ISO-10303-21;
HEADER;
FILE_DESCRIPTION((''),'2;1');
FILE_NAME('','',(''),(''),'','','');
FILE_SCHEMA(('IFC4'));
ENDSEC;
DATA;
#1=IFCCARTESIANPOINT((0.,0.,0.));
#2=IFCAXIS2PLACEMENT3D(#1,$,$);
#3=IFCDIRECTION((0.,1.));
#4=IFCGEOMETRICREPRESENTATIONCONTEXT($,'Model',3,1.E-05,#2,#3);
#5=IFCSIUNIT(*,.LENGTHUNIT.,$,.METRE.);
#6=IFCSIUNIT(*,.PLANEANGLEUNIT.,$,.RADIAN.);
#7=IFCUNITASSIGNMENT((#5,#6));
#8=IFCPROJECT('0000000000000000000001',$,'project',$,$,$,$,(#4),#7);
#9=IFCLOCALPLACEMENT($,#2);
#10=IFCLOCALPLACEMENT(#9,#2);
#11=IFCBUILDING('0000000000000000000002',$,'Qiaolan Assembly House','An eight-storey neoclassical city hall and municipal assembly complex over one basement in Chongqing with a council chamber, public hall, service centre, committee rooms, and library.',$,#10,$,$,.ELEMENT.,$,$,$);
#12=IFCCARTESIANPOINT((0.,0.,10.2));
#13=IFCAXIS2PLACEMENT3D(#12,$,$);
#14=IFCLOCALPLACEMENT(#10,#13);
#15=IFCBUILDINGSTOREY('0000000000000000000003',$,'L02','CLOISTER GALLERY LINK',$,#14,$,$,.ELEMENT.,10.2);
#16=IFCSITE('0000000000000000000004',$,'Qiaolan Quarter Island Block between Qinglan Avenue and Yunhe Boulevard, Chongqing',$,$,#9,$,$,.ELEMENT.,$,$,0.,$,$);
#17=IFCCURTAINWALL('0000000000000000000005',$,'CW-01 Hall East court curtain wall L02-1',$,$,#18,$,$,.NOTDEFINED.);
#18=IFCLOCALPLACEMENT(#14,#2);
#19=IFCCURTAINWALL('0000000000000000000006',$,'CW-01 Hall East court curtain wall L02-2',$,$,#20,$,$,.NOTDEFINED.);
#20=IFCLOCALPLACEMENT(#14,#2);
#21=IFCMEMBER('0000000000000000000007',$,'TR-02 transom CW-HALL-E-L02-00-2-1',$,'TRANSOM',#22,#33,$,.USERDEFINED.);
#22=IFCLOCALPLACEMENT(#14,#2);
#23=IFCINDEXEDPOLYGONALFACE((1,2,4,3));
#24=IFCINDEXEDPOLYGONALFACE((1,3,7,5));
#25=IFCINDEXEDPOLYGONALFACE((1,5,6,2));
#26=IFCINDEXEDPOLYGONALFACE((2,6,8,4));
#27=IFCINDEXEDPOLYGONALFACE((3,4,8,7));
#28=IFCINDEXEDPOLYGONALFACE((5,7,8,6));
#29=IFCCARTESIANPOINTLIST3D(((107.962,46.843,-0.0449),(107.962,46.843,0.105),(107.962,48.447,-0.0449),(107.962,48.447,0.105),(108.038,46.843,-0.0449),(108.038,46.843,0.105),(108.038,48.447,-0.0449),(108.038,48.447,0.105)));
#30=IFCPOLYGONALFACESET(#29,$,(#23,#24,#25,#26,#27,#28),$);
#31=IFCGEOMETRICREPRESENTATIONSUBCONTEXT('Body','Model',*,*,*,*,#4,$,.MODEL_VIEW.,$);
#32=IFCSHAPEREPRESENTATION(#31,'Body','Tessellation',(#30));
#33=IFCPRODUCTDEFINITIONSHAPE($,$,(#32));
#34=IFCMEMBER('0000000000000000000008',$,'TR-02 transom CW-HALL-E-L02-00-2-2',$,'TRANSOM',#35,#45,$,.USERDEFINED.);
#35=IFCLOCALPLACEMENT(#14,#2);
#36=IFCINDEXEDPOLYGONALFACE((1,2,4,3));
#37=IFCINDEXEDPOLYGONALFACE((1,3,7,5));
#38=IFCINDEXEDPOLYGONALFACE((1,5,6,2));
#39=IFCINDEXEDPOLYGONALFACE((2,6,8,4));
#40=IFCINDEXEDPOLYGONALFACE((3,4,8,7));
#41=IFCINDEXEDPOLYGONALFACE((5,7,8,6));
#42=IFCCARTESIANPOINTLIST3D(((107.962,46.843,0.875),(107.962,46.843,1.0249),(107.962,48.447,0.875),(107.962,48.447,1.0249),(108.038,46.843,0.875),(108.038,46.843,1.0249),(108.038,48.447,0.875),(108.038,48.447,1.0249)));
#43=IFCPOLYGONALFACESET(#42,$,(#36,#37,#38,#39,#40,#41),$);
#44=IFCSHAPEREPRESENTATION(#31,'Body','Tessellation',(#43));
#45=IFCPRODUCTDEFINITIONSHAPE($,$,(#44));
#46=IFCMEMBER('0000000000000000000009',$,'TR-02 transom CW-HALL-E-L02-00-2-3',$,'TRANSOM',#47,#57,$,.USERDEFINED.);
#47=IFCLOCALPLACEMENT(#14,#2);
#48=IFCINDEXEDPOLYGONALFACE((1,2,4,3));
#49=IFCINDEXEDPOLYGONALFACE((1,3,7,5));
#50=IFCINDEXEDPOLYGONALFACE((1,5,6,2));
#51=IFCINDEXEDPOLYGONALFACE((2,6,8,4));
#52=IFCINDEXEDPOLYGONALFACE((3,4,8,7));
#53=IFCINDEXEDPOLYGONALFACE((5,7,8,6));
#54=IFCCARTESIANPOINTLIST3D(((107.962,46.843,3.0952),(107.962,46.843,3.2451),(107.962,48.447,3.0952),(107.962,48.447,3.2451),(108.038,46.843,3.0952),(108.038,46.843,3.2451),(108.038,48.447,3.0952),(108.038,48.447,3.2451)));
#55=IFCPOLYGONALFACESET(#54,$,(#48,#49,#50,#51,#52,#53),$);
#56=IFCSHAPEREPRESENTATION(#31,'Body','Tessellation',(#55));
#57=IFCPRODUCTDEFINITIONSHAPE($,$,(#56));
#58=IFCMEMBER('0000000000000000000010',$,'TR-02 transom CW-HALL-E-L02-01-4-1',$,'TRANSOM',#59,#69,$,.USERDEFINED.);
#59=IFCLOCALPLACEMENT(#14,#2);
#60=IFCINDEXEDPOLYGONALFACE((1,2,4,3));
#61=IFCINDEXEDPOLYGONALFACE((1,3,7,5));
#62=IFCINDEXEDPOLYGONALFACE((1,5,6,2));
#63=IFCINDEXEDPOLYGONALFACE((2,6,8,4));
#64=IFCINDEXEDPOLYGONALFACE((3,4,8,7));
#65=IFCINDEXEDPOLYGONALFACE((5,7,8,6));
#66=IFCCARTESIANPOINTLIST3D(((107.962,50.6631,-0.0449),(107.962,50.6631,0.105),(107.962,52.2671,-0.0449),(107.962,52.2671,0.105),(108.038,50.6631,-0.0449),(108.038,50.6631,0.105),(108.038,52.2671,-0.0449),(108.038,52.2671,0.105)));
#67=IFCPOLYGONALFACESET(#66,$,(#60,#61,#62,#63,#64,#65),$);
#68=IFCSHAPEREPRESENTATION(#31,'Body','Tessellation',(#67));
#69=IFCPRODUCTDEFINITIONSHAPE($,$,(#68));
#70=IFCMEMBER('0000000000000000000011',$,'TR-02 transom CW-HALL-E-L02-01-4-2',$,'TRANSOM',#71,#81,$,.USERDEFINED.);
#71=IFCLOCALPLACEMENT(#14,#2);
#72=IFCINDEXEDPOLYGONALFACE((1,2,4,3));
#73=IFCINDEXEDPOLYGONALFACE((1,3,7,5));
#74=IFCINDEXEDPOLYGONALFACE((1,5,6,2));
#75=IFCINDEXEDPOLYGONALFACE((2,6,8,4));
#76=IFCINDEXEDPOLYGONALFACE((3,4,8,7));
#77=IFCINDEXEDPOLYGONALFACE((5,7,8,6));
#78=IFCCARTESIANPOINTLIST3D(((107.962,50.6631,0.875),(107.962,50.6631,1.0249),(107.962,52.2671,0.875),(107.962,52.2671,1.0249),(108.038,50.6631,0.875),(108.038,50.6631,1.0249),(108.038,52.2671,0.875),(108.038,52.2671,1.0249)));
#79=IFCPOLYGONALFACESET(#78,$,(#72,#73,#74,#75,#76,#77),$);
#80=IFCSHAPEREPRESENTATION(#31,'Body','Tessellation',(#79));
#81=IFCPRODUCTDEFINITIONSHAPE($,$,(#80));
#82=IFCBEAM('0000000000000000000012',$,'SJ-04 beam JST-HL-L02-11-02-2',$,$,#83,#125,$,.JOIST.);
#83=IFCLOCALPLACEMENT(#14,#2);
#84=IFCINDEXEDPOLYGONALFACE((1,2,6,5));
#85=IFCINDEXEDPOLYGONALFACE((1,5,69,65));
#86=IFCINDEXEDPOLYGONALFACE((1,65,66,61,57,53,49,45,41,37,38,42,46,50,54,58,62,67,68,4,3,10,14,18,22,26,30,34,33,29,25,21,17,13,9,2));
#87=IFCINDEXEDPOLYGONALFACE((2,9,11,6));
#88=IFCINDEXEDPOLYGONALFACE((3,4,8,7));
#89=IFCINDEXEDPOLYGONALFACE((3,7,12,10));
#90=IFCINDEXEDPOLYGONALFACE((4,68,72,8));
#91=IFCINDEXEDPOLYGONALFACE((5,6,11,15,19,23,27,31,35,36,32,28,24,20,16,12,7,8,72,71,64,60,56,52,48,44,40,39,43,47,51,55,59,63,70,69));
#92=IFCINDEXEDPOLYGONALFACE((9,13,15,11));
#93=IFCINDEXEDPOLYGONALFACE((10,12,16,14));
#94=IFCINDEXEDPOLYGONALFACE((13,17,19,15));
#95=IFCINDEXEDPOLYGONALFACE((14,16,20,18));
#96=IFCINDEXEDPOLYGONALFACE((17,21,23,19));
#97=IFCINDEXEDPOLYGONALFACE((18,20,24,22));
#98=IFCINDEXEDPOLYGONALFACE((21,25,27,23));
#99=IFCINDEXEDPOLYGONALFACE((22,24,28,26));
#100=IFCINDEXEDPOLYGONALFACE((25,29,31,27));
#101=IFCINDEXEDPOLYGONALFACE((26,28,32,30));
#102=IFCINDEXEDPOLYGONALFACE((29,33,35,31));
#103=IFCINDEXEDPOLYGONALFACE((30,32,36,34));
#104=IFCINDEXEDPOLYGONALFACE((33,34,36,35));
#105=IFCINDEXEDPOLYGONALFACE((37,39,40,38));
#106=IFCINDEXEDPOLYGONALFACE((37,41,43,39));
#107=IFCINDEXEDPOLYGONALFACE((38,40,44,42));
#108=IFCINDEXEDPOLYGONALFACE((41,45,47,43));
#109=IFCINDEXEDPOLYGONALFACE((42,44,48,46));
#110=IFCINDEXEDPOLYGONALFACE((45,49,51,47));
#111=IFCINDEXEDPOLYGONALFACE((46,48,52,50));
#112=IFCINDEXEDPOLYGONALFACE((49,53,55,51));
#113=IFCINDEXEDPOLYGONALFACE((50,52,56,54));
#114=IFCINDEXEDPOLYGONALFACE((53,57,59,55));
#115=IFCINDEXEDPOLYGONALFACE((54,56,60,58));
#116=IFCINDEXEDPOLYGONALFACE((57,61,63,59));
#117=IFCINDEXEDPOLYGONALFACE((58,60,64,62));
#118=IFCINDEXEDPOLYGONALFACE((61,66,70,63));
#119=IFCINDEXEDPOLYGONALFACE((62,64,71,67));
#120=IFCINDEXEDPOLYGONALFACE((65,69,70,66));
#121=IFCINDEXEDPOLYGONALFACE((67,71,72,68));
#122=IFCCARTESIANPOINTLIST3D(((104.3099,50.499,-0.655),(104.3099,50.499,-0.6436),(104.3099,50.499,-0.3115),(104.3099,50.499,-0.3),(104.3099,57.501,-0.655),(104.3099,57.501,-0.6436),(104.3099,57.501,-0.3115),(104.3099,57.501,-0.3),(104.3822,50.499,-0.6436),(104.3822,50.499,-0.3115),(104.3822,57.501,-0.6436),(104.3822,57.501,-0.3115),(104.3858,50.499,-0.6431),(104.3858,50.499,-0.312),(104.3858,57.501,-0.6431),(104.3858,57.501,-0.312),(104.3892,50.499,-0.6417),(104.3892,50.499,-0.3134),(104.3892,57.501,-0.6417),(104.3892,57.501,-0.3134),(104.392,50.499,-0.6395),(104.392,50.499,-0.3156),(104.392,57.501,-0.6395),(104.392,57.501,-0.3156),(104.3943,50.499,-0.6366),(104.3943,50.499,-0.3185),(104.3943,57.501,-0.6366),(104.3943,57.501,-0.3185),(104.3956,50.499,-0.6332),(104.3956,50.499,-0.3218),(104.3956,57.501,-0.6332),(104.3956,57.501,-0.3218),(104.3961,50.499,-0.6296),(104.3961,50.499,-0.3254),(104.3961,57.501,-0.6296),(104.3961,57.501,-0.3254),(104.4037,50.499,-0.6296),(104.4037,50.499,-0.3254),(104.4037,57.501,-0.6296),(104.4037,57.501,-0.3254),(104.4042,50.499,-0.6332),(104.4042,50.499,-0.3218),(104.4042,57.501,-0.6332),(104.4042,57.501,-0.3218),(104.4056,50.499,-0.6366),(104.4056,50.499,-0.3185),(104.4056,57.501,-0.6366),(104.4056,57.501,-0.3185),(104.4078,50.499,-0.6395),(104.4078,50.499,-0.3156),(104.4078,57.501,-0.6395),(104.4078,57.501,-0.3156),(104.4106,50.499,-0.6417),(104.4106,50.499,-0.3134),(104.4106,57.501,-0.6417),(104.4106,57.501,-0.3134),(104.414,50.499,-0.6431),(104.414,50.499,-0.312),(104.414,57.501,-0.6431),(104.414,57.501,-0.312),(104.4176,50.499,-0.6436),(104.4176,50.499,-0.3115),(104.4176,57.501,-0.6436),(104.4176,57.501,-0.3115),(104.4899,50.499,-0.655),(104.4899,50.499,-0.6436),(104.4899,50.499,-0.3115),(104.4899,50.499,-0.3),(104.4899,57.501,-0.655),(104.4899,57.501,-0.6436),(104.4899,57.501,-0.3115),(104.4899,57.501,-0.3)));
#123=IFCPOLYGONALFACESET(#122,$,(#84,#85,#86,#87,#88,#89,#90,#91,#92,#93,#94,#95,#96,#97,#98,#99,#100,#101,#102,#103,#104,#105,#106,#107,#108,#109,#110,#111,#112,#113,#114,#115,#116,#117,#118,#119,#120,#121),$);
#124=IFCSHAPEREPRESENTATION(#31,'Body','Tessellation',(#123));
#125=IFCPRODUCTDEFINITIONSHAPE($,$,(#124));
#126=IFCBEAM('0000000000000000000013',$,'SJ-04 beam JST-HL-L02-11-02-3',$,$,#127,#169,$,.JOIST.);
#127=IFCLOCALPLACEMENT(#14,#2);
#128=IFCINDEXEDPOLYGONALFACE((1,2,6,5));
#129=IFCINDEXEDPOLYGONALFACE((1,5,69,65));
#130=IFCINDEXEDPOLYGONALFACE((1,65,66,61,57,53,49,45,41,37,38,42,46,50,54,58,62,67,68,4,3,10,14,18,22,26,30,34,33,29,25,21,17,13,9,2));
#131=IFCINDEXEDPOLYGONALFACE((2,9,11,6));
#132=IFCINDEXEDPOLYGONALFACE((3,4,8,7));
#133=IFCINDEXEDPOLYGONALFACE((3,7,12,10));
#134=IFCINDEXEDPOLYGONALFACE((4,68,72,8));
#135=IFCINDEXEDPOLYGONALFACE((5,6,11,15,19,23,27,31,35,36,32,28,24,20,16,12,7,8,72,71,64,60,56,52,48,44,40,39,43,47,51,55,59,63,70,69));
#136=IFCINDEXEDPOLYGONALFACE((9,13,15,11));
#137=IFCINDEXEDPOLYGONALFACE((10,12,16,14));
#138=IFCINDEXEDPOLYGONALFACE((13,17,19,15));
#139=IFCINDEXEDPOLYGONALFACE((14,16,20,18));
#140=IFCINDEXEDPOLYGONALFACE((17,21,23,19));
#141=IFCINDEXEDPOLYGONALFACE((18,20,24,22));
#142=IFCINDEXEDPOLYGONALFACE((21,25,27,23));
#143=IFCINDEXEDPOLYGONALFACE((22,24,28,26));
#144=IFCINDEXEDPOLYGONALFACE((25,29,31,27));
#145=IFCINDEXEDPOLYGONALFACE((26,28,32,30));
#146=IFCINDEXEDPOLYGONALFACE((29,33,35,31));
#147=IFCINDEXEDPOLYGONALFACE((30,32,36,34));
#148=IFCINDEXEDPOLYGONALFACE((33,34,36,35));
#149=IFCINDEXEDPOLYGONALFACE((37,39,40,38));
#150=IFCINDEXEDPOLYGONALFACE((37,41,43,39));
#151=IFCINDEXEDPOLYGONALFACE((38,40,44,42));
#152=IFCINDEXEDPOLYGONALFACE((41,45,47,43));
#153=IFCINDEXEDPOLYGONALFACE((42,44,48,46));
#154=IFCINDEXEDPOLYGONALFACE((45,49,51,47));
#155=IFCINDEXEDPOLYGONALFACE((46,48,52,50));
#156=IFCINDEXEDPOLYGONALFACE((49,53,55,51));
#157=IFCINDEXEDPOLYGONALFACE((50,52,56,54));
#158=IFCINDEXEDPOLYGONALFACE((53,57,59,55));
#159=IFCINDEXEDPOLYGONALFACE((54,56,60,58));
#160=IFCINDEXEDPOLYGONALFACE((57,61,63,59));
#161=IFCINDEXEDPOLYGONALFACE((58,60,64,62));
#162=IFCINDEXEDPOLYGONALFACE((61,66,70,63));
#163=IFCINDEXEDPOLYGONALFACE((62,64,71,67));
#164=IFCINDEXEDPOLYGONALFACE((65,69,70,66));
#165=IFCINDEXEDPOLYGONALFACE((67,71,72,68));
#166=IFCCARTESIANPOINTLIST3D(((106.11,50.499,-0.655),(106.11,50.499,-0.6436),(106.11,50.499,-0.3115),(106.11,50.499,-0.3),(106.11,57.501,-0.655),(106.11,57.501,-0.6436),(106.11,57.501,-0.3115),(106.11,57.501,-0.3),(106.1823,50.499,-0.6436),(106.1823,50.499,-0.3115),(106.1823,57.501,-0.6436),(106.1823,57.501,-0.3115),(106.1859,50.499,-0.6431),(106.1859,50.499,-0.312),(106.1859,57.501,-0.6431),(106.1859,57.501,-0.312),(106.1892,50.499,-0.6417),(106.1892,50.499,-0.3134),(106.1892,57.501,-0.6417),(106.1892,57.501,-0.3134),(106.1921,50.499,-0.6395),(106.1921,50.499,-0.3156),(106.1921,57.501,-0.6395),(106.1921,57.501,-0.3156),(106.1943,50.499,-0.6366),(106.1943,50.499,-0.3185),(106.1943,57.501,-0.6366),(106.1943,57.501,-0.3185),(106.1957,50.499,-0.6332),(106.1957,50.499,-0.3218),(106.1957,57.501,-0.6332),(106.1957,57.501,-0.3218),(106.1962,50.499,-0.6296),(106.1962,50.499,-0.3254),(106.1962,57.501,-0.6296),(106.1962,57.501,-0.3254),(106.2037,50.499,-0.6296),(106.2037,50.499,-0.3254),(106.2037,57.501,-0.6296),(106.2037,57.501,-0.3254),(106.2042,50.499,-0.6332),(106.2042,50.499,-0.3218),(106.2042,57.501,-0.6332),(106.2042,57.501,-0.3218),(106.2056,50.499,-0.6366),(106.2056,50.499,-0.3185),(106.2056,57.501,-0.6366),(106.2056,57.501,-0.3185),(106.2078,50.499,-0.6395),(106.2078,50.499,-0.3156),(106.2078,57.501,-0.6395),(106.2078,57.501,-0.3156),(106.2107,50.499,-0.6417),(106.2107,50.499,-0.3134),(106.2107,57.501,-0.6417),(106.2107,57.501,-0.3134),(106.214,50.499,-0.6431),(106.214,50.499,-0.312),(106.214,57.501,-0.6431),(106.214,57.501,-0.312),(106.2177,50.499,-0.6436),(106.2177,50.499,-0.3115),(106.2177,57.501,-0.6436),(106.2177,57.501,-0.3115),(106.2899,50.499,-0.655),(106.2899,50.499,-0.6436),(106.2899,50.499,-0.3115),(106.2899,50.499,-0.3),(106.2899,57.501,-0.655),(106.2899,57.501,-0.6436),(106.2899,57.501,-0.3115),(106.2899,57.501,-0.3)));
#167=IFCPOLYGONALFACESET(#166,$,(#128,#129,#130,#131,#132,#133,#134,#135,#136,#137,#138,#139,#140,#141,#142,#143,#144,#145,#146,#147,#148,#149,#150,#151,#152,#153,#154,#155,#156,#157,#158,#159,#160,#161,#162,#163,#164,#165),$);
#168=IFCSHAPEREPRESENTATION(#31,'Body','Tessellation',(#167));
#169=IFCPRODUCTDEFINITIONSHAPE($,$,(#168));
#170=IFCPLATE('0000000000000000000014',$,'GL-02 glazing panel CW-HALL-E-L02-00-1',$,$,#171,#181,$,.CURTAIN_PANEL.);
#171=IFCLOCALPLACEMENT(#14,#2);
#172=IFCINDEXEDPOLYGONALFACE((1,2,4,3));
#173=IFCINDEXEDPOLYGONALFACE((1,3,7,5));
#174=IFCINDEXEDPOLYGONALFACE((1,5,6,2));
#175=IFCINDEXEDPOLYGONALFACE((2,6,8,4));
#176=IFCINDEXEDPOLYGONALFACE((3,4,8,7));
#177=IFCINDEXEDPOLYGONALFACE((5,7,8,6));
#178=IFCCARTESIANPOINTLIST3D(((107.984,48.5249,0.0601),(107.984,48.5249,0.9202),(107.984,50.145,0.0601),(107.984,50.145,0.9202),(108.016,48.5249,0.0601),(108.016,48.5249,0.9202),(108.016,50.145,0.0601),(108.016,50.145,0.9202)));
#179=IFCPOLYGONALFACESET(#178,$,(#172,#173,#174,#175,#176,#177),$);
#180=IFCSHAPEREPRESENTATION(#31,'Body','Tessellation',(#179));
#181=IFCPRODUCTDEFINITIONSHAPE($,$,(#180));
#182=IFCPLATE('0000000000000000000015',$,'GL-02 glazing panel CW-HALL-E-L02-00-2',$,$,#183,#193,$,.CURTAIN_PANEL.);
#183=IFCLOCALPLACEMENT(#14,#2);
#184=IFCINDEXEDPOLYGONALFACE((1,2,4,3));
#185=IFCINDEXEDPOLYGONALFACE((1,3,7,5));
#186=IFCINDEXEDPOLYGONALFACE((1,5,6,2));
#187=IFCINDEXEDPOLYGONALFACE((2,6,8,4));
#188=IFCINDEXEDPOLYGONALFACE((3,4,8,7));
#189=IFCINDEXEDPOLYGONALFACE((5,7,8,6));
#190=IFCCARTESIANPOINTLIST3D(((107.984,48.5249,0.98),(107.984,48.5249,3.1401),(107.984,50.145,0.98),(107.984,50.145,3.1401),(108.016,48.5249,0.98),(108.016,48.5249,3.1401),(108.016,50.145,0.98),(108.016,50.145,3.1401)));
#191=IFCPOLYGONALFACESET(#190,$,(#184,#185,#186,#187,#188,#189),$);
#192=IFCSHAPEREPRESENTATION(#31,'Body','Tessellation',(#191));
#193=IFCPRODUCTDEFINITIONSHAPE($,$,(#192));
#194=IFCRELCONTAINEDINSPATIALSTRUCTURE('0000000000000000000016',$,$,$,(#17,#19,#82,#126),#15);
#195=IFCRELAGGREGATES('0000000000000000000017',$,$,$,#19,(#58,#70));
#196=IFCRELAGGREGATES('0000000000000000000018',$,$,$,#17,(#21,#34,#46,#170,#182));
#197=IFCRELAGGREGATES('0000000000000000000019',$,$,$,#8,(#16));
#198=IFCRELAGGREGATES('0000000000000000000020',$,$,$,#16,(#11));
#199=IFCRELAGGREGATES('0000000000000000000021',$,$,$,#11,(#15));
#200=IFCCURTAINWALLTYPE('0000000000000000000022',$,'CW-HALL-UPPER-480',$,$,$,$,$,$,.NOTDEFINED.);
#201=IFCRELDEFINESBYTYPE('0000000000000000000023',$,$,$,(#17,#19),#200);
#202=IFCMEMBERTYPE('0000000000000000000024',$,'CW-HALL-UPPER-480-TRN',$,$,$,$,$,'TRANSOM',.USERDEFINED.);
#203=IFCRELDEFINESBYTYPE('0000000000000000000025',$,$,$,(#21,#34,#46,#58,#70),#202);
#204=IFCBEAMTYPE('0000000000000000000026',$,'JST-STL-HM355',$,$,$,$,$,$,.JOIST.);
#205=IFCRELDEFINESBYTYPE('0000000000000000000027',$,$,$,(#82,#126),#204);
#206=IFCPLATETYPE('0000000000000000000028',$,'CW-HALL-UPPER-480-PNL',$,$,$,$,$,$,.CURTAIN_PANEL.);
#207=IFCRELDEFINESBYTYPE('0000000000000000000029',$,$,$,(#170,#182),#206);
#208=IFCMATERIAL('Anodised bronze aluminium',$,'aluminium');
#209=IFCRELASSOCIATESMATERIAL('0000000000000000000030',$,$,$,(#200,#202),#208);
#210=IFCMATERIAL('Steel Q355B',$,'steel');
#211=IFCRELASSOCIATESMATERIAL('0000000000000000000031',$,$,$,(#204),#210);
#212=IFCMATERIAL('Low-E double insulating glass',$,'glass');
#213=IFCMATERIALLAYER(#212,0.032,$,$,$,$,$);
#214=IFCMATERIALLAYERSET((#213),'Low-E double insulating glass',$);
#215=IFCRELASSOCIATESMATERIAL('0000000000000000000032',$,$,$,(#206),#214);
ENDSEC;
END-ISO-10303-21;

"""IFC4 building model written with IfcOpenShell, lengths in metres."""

from ifc_helpers import new_model, si_unit, direction, frame, frame_2d, origin, origin_2d, place, context, subcontext, project, spatial, rectangle, i_section, extrude, material, layer, layer_set, material_profile, profile_set, type_object, element, aggregate, save


model = new_model("IFC4")

# Units and contexts
model_context = context("Model", 3, precision=1e-05, world=origin(), true_north=direction((0.0, 1.0)))
body_context = subcontext(model_context, "Body", "Model", "MODEL_VIEW")
ifc_project = project(units=[si_unit("LENGTHUNIT", "METRE"), si_unit("PLANEANGLEUNIT", "RADIAN")], contexts=[model_context])

# Site, building, storey
site_placement = place(None, origin())
site = spatial("IfcSite", under=ifc_project, at=site_placement, Name="Qiaolan Quarter Island Block between Qinglan Avenue and Yunhe Boulevard, Chongqing", CompositionType="ELEMENT", RefElevation=0.0)
building_placement = place(site_placement, origin())
building = spatial("IfcBuilding", under=site, at=building_placement, Name="Qiaolan Assembly House", Description="An eight-storey neoclassical city hall and municipal assembly complex over one basement in Chongqing with a council chamber, public hall, service centre, committee rooms, and library.", CompositionType="ELEMENT")
storey_placement = place(building_placement, frame((0.0, 0.0, 10.2)))
storey = spatial("IfcBuildingStorey", under=building, at=storey_placement, Name="L02", Description="CLOISTER GALLERY LINK", CompositionType="ELEMENT", Elevation=10.2)

# Shared definitions
ifc_material_1 = material(Name="Steel Q355B", Category="steel")

# Curtain wall
ifc_material_2 = material(Name="Anodised bronze aluminium", Category="aluminium")
curtain_wall_type = type_object("IfcCurtainWallType", Name="CW-HALL-UPPER-480", PredefinedType="NOTDEFINED", material=ifc_material_2)
curtain_wall_1_placement = place(storey_placement, origin())
curtain_wall_1 = element("IfcCurtainWall", 1, at=curtain_wall_1_placement, inside=storey, type_object=curtain_wall_type, Name="CW-01 Hall East court curtain wall L02-1", PredefinedType="NOTDEFINED")

# Curtain wall
curtain_wall_2_placement = place(storey_placement, origin())
curtain_wall_2 = element("IfcCurtainWall", 2, at=curtain_wall_2_placement, inside=storey, type_object=curtain_wall_type, Name="CW-01 Hall East court curtain wall L02-2", PredefinedType="NOTDEFINED")

# Members
ifc_material_profile_1 = material_profile(ifc_material_2, rectangle(XDim=0.0759, YDim=0.1499, at=origin_2d()), Name="TRN 76x150")
ifc_profile_set_1 = profile_set([ifc_material_profile_1], Name="Anodised bronze aluminium")
member_type_1 = type_object("IfcMemberType", Name="CW-HALL-UPPER-480-TRN", ElementType="TRANSOM", PredefinedType="USERDEFINED", material=ifc_profile_set_1)
member_1_placement = place(storey_placement, frame((108.0, 48.447, 0.03), z_axis=(0.0, -1.0, 0.0), x_axis=(1.0, 0.0, 0.0)))
member_1 = element("IfcMember", 3, at=member_1_placement, type_object=member_type_1, Name="TR-02 transom CW-HALL-E-L02-00-2-1", ObjectType="TRANSOM", PredefinedType="USERDEFINED", context=body_context, shape_type="SweptSolid", body=[
    extrude(rectangle(XDim=0.0759, YDim=0.1499, at=origin_2d()), origin(), (0.0, 0.0, 1.0), 1.604),
])
member_2_placement = place(storey_placement, frame((108.0, 48.447, 0.95), z_axis=(0.0, -1.0, 0.0), x_axis=(1.0, 0.0, 0.0)))
member_2 = element("IfcMember", 4, at=member_2_placement, type_object=member_type_1, Name="TR-02 transom CW-HALL-E-L02-00-2-2", ObjectType="TRANSOM", PredefinedType="USERDEFINED", context=body_context, shape_type="SweptSolid", body=[
    extrude(rectangle(XDim=0.0759, YDim=0.1499, at=origin_2d()), origin(), (0.0, 0.0, 1.0), 1.604),
])
member_3_placement = place(storey_placement, frame((108.0, 48.447, 3.1702), z_axis=(0.0, -1.0, 0.0), x_axis=(1.0, 0.0, 0.0)))
member_3 = element("IfcMember", 5, at=member_3_placement, type_object=member_type_1, Name="TR-02 transom CW-HALL-E-L02-00-2-3", ObjectType="TRANSOM", PredefinedType="USERDEFINED", context=body_context, shape_type="SweptSolid", body=[
    extrude(rectangle(XDim=0.0759, YDim=0.1499, at=origin_2d()), origin(), (0.0, 0.0, 1.0), 1.604),
])
member_4_placement = place(storey_placement, frame((108.0, 52.2671, 0.03), z_axis=(0.0, -1.0, 0.0), x_axis=(1.0, 0.0, 0.0)))
member_4 = element("IfcMember", 6, at=member_4_placement, type_object=member_type_1, Name="TR-02 transom CW-HALL-E-L02-01-4-1", ObjectType="TRANSOM", PredefinedType="USERDEFINED", context=body_context, shape_type="SweptSolid", body=[
    extrude(rectangle(XDim=0.0759, YDim=0.1499, at=origin_2d()), origin(), (0.0, 0.0, 1.0), 1.604),
])
member_5_placement = place(storey_placement, frame((108.0, 52.2671, 0.95), z_axis=(0.0, -1.0, 0.0), x_axis=(1.0, 0.0, 0.0)))
member_5 = element("IfcMember", 7, at=member_5_placement, type_object=member_type_1, Name="TR-02 transom CW-HALL-E-L02-01-4-2", ObjectType="TRANSOM", PredefinedType="USERDEFINED", context=body_context, shape_type="SweptSolid", body=[
    extrude(rectangle(XDim=0.0759, YDim=0.1499, at=origin_2d()), origin(), (0.0, 0.0, 1.0), 1.604),
])
aggregate(curtain_wall_2, [member_4, member_5])

# Beams
ifc_material_profile_2 = material_profile(ifc_material_1, i_section(OverallWidth=0.1799, OverallDepth=0.355, WebThickness=0.0076, FlangeThickness=0.0115, FilletRadius=0.0139, at=origin_2d()), Name="HM 355x180x7.5x11.5")
ifc_profile_set_2 = profile_set([ifc_material_profile_2], Name="Steel Q355B")
beam_type_1 = type_object("IfcBeamType", Name="JST-STL-HM355", PredefinedType="JOIST", material=ifc_profile_set_2)
for number, where, z_axis, x_axis, name in (
    (8, (104.3999, 50.499, -0.4775), (0.0, 1.0, 0.0), (-1.0, 0.0, 0.0), "SJ-04 beam JST-HL-L02-11-02-2"),
    (9, (106.2, 50.499, -0.4775), (0.0, 1.0, 0.0), (-1.0, 0.0, 0.0), "SJ-04 beam JST-HL-L02-11-02-3"),
):
    element("IfcBeam", number, at=place(storey_placement, frame(where, z_axis=z_axis, x_axis=x_axis)), inside=storey, type_object=beam_type_1, Name=name, PredefinedType="JOIST", context=body_context, shape_type="SweptSolid", body=[
        extrude(i_section(OverallWidth=0.1799, OverallDepth=0.355, WebThickness=0.0076, FlangeThickness=0.0115, FilletRadius=0.0139, at=origin_2d()), origin(), (0.0, 0.0, 1.0), 7.002),
    ])

# Plates
ifc_material_3 = material(Name="Low-E double insulating glass", Category="glass")
ifc_layer = layer(ifc_material_3, 0.032)
ifc_layer_set = layer_set([ifc_layer], Name="Low-E double insulating glass")
plate_type = type_object("IfcPlateType", Name="CW-HALL-UPPER-480-PNL", PredefinedType="CURTAIN_PANEL", material=ifc_layer_set)
plate_1_placement = place(storey_placement, frame((108.0, 50.145, 0.0601), z_axis=(0.0, 0.0, 1.0), x_axis=(0.0, -1.0, 0.0)))
plate_1 = element("IfcPlate", 10, at=plate_1_placement, type_object=plate_type, Name="GL-02 glazing panel CW-HALL-E-L02-00-1", PredefinedType="CURTAIN_PANEL", context=body_context, shape_type="SweptSolid", body=[
    extrude(rectangle(XDim=1.6201, YDim=0.032, at=frame_2d((0.8101, 0.0))), origin(), (0.0, 0.0, 1.0), 0.8601),
])
plate_2_placement = place(storey_placement, frame((108.0, 50.145, 0.98), z_axis=(0.0, 0.0, 1.0), x_axis=(0.0, -1.0, 0.0)))
plate_2 = element("IfcPlate", 11, at=plate_2_placement, type_object=plate_type, Name="GL-02 glazing panel CW-HALL-E-L02-00-2", PredefinedType="CURTAIN_PANEL", context=body_context, shape_type="SweptSolid", body=[
    extrude(rectangle(XDim=1.6201, YDim=0.032, at=frame_2d((0.8101, 0.0))), origin(), (0.0, 0.0, 1.0), 2.1602),
])
aggregate(curtain_wall_1, [member_1, member_2, member_3, plate_1, plate_2])

save(model, "model.ifc")
